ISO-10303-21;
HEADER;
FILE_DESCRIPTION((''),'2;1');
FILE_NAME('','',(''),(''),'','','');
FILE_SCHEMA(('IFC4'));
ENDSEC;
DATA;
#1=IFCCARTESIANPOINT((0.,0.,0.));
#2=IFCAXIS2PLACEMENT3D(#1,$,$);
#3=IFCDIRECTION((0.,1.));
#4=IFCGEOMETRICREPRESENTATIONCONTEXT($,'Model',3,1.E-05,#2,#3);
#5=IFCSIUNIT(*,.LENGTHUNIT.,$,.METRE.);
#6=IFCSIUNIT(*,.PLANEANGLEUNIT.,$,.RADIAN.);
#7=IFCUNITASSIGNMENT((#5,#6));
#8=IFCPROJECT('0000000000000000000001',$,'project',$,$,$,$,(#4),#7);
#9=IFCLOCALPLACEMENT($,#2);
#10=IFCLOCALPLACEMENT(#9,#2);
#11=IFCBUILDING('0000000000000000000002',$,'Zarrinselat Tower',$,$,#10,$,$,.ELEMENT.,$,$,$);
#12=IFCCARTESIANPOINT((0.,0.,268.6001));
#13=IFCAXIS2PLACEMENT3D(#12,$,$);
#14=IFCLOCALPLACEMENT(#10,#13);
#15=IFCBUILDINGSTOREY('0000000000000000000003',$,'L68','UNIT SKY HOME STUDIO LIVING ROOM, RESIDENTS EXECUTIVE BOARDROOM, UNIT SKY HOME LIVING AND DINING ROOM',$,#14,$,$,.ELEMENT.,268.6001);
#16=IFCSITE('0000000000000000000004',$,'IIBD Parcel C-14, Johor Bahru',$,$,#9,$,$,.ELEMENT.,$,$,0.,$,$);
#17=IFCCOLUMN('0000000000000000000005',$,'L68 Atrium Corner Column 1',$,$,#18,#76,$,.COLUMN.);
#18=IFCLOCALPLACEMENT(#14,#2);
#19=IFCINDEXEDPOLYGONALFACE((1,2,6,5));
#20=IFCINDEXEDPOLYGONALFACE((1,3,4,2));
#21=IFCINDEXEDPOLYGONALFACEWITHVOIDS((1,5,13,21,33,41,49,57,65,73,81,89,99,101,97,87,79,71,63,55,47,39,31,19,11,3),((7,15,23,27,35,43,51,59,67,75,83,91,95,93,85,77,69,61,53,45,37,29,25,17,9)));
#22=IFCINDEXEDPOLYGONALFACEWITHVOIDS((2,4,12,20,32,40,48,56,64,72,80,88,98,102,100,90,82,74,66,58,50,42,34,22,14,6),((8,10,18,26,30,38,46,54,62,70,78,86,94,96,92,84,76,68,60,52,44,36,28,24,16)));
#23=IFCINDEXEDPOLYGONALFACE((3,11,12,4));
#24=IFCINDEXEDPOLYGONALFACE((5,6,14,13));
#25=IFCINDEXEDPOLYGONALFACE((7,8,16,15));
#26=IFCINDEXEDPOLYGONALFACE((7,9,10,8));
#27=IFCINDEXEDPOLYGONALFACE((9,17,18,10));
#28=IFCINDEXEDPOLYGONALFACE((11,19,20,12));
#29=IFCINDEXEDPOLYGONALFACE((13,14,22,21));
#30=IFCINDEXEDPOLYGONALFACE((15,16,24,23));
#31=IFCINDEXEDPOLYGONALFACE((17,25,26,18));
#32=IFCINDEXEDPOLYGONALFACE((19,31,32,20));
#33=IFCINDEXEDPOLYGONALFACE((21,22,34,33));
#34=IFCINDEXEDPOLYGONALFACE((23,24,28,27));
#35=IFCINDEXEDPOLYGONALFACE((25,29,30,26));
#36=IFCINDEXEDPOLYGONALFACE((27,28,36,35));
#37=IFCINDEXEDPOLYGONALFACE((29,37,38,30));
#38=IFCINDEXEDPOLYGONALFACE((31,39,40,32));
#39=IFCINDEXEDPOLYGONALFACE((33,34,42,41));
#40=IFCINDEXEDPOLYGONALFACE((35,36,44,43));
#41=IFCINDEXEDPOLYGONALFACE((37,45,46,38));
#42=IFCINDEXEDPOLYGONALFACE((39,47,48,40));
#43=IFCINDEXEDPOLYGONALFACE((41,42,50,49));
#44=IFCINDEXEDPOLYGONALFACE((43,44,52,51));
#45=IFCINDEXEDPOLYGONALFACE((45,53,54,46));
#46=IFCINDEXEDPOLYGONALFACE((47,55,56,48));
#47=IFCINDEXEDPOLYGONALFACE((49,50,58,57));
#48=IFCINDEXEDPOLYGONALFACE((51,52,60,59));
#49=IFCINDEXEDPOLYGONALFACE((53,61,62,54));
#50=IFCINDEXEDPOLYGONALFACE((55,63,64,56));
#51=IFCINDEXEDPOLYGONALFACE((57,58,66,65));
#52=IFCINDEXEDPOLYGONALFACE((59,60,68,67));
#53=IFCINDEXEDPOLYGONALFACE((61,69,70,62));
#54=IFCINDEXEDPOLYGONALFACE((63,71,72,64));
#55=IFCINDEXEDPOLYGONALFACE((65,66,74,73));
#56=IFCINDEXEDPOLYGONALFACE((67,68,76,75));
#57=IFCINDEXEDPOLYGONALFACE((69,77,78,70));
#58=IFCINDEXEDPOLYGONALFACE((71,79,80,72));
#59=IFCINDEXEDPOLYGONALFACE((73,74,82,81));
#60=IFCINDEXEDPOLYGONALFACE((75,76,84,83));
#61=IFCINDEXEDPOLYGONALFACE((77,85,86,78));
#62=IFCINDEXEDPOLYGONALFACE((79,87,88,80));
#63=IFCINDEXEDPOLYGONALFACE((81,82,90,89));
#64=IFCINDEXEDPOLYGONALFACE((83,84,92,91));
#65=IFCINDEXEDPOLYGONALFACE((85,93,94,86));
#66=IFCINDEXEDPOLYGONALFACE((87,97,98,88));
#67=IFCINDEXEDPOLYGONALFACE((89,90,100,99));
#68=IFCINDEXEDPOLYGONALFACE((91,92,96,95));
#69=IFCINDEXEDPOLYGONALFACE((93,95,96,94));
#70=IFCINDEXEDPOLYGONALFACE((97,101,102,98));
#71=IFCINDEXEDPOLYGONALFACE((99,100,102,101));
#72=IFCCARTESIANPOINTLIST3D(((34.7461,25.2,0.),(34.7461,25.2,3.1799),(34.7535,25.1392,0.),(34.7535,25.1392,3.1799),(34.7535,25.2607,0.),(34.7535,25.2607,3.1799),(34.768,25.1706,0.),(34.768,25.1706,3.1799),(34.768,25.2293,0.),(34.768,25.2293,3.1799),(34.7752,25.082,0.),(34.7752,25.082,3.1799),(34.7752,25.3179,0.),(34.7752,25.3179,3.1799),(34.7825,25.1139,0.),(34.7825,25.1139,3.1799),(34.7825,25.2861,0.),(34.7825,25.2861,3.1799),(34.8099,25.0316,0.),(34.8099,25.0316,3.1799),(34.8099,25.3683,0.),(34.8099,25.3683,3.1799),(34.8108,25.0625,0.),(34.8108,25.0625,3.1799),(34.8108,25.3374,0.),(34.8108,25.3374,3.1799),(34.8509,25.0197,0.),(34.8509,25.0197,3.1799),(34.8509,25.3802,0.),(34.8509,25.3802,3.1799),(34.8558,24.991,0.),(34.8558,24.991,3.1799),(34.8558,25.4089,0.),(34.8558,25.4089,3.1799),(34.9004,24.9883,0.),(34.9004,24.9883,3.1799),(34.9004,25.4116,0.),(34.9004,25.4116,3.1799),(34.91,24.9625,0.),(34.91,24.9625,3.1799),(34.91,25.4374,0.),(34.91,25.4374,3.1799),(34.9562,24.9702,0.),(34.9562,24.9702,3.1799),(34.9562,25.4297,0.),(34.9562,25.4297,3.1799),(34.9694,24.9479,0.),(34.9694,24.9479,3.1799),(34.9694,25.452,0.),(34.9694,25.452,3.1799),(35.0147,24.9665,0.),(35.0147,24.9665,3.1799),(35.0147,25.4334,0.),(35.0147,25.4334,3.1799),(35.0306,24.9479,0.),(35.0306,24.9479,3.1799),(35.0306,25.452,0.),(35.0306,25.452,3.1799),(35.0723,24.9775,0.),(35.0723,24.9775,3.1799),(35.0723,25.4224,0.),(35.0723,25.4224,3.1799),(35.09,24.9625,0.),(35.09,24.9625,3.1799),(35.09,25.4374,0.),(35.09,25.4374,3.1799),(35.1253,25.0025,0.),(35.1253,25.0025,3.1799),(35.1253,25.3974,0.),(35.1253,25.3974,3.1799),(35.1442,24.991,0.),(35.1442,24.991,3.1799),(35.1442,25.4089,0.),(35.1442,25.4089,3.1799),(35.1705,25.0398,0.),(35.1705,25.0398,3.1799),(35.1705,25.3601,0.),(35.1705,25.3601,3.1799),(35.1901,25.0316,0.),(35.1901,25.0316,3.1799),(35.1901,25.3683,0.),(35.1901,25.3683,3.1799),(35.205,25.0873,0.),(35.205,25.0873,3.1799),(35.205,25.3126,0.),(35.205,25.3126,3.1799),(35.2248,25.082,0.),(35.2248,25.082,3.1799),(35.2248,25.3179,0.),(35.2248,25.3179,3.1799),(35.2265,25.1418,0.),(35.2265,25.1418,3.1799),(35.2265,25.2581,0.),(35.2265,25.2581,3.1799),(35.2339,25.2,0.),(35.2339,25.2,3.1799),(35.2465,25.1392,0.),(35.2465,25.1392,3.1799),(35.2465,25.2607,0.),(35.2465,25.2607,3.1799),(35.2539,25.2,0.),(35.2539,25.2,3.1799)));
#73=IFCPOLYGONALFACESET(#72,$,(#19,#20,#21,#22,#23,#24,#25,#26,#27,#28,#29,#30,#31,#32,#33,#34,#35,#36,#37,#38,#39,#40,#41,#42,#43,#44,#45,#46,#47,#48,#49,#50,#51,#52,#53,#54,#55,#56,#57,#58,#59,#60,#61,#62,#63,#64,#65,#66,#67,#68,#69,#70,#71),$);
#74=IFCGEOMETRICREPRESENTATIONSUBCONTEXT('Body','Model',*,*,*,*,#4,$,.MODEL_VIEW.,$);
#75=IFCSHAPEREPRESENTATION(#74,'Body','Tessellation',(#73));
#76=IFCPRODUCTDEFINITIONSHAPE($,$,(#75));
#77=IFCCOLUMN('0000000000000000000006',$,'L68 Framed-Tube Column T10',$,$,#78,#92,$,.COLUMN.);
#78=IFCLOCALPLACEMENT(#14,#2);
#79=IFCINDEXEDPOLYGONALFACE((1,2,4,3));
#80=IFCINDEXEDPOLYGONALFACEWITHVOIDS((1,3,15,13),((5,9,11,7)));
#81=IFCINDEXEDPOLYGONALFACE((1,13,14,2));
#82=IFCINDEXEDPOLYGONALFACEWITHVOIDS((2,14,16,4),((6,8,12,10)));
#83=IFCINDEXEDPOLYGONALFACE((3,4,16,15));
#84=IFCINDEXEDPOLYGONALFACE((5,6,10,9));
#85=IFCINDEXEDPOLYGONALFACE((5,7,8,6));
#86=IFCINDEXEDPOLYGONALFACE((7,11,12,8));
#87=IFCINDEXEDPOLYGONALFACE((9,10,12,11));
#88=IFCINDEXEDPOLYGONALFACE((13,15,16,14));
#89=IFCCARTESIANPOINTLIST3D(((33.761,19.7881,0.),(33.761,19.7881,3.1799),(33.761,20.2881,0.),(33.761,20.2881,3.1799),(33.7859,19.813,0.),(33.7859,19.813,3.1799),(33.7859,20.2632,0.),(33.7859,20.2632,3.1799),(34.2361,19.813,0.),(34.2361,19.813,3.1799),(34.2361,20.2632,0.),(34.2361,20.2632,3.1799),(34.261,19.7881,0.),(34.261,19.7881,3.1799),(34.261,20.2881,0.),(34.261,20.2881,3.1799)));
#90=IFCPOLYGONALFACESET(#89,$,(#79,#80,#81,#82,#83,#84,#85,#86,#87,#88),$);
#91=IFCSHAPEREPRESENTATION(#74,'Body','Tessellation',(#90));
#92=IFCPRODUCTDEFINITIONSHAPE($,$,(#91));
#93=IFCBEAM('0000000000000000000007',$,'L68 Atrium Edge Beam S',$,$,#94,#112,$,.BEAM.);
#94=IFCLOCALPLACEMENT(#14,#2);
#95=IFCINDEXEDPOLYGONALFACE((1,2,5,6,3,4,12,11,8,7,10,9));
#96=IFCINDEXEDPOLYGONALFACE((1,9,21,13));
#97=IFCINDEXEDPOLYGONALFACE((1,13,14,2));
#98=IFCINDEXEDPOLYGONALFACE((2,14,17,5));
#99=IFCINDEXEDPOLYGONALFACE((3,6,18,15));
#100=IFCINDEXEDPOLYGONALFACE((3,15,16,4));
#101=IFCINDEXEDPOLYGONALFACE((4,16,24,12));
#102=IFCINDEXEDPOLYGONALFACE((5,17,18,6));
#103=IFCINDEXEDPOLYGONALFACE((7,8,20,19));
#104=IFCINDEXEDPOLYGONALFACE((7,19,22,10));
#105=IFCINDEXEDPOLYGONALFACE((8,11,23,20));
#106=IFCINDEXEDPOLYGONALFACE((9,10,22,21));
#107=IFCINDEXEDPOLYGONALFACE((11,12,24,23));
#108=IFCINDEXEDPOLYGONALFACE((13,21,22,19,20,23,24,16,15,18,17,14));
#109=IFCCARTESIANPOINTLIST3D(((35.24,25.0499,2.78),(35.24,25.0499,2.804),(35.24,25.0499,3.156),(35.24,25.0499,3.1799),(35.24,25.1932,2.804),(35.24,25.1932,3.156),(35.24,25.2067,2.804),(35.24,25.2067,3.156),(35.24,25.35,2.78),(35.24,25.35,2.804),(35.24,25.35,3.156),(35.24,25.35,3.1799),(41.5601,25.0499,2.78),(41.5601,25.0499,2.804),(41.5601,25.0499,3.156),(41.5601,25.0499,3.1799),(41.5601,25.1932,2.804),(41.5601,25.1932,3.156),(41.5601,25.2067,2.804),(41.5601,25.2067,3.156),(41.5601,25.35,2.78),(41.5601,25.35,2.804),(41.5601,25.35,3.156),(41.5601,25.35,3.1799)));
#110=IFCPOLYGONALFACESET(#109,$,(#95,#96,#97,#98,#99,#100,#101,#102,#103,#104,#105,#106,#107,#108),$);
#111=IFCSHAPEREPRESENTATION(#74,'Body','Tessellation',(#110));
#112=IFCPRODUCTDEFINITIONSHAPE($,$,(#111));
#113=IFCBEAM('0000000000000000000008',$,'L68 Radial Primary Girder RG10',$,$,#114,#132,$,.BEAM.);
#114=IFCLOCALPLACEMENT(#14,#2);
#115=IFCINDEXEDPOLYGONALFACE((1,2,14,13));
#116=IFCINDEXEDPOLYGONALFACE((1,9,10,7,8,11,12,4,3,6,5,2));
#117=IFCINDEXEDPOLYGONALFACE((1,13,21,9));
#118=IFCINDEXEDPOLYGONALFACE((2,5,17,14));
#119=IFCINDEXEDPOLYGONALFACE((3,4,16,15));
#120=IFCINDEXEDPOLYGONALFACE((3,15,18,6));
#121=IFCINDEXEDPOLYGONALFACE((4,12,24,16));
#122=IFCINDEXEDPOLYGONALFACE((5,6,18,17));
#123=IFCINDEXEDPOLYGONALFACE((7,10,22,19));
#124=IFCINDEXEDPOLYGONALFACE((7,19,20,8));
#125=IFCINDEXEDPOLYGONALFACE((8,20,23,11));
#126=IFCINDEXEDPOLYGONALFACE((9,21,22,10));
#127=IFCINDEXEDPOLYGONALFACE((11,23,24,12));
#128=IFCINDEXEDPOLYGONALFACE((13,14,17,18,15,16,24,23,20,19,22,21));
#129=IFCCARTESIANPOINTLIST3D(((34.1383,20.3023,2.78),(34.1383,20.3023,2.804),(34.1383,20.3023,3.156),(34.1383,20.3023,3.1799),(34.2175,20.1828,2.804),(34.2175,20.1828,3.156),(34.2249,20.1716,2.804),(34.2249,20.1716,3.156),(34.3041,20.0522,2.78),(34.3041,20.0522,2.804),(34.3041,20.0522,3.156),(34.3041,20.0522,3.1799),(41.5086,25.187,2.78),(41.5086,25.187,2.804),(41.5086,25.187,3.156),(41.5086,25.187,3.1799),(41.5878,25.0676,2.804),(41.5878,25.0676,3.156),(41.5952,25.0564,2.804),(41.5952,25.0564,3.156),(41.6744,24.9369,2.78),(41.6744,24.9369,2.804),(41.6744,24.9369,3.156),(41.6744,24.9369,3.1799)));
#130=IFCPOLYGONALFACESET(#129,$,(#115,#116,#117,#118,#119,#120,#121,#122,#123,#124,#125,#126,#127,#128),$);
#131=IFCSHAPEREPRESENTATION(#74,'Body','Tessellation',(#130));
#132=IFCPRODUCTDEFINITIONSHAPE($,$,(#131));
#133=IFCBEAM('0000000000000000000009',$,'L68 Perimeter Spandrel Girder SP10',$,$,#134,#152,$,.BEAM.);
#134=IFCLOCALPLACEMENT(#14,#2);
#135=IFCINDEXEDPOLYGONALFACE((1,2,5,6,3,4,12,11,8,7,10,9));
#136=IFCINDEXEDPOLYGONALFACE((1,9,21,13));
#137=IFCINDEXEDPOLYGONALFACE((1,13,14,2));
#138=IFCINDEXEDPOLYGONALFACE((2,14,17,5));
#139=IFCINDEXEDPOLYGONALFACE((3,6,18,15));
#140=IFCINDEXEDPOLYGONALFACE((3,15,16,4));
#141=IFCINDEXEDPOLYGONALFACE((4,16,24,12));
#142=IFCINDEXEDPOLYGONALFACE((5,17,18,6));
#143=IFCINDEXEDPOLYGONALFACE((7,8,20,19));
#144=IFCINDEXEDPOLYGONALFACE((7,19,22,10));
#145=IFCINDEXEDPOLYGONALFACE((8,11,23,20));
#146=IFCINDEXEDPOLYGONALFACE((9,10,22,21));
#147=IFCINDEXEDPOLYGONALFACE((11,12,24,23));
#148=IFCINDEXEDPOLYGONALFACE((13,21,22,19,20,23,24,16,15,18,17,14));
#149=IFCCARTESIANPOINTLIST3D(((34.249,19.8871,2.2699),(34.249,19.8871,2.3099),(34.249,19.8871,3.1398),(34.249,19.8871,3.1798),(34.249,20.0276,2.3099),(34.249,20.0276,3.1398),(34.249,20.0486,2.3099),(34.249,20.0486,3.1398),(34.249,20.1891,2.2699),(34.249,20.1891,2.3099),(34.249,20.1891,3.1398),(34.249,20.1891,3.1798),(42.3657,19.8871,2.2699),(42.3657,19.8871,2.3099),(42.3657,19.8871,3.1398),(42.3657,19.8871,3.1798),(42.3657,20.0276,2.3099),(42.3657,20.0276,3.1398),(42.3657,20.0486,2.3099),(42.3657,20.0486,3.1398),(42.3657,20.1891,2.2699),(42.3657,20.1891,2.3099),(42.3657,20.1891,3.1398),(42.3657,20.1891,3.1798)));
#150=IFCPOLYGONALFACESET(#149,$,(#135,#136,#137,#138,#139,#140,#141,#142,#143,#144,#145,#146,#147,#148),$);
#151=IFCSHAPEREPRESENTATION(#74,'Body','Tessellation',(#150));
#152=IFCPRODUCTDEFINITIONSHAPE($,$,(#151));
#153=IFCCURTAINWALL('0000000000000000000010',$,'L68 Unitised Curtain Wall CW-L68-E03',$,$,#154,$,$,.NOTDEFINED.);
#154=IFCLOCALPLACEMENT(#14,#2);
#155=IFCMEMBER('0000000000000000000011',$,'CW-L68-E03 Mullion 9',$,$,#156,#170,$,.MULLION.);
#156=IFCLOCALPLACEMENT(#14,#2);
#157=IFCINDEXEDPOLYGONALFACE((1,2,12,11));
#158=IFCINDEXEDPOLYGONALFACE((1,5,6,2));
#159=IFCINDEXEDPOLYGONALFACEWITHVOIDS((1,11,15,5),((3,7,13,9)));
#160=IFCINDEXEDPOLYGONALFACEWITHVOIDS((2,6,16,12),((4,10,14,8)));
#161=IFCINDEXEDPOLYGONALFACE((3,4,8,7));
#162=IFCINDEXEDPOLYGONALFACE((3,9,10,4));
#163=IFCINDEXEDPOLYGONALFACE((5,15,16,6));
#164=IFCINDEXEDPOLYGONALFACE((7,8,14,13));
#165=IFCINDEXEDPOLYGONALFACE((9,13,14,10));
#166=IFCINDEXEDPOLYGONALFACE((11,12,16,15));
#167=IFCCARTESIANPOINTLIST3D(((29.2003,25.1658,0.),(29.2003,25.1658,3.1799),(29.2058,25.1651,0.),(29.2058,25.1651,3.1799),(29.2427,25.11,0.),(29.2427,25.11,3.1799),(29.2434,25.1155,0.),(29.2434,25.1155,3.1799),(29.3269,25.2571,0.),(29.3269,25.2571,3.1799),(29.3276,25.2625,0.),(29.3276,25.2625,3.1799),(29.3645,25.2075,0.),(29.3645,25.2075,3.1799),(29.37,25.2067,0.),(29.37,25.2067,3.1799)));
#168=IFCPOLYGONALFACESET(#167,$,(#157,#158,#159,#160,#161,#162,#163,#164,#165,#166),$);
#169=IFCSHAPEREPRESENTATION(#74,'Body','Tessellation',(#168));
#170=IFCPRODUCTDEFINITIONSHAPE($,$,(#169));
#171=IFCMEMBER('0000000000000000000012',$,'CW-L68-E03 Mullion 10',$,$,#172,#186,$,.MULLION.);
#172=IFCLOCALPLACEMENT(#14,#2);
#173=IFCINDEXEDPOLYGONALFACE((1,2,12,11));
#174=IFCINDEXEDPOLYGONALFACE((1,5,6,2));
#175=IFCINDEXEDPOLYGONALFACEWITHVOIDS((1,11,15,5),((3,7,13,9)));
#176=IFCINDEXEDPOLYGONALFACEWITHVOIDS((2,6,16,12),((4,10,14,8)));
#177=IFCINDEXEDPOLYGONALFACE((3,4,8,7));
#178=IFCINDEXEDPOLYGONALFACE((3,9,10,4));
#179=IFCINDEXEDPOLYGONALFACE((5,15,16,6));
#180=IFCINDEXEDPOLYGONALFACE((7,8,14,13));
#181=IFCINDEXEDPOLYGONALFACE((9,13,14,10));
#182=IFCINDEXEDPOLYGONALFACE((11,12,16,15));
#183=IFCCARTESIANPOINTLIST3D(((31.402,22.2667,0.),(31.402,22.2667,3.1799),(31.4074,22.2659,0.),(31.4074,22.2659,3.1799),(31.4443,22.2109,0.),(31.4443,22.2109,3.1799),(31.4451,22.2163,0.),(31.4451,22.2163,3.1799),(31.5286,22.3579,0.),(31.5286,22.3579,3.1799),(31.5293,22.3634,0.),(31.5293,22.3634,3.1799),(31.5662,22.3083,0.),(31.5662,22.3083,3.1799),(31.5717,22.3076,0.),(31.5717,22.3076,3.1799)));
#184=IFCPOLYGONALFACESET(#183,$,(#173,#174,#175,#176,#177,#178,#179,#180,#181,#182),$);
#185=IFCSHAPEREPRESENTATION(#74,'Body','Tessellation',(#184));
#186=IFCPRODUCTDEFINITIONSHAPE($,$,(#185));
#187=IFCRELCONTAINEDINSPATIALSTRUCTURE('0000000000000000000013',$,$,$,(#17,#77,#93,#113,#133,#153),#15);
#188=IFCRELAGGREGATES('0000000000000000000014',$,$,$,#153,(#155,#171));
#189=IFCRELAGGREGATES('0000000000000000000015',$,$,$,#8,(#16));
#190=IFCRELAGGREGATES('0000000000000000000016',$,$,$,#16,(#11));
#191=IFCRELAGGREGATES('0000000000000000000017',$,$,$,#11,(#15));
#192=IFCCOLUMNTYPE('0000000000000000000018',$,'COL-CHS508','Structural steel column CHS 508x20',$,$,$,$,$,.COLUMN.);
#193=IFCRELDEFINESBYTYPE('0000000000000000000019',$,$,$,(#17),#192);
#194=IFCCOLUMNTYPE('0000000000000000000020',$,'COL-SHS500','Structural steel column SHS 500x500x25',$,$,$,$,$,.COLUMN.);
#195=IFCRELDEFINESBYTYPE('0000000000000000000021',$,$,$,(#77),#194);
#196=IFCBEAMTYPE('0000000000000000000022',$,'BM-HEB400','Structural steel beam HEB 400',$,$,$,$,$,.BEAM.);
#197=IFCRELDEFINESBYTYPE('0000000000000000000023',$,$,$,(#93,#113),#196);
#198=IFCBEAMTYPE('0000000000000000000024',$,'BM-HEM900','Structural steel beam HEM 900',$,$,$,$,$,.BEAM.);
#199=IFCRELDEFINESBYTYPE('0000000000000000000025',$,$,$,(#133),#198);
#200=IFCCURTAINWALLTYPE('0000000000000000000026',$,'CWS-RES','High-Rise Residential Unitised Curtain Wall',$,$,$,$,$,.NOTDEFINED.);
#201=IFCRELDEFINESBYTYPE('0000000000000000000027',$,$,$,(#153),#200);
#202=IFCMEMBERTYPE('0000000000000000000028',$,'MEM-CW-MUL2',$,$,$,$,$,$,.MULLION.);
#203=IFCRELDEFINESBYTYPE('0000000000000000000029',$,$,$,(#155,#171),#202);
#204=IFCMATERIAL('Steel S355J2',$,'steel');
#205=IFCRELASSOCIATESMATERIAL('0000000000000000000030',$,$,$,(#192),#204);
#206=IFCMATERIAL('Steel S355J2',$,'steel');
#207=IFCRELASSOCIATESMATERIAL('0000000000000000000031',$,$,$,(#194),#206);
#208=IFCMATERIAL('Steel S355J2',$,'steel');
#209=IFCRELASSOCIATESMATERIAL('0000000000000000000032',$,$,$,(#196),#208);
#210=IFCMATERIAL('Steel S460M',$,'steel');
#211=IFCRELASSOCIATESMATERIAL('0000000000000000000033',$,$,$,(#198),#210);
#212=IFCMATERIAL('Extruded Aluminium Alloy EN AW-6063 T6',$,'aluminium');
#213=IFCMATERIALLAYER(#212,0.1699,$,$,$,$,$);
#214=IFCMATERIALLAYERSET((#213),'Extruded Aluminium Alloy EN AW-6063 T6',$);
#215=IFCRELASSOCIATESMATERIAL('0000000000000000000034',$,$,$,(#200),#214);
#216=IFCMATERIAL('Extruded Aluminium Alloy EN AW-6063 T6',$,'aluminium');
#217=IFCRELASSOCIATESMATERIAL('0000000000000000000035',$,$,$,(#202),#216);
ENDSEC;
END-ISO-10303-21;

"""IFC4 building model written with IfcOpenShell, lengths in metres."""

from ifc_helpers import new_model, si_unit, direction, frame, origin, origin_2d, place, context, subcontext, project, spatial, hollow_rectangle, hollow_circle, i_section, extrude, material, layer, layer_set, material_profile, profile_set, type_object, element, aggregate, save


model = new_model("IFC4")

# Units and contexts
model_context = context("Model", 3, precision=1e-05, world=origin(), true_north=direction((0.0, 1.0)))
body_context = subcontext(model_context, "Body", "Model", "MODEL_VIEW")
ifc_project = project(units=[si_unit("LENGTHUNIT", "METRE"), si_unit("PLANEANGLEUNIT", "RADIAN")], contexts=[model_context])

# Site, building, storey
site_placement = place(None, origin())
site = spatial("IfcSite", under=ifc_project, at=site_placement, Name="IIBD Parcel C-14, Johor Bahru", CompositionType="ELEMENT", RefElevation=0.0)
building_placement = place(site_placement, origin())
building = spatial("IfcBuilding", under=site, at=building_placement, Name="Zarrinselat Tower", CompositionType="ELEMENT")
storey_placement = place(building_placement, frame((0.0, 0.0, 268.6001)))
storey = spatial("IfcBuildingStorey", under=building, at=storey_placement, Name="L68", Description="UNIT SKY HOME STUDIO LIVING ROOM, RESIDENTS EXECUTIVE BOARDROOM, UNIT SKY HOME LIVING AND DINING ROOM", CompositionType="ELEMENT", Elevation=268.6001)

# Columns
ifc_material_1 = material(Name="Steel S355J2", Category="steel")
ifc_material_profile_1 = material_profile(ifc_material_1, hollow_circle(Radius=0.2539, WallThickness=0.02, at=origin_2d()), Name="CHS 508x20")
ifc_profile_set_1 = profile_set([ifc_material_profile_1], Name="Steel S355J2")
column_type_1 = type_object("IfcColumnType", Name="COL-CHS508", Description="Structural steel column CHS 508x20", PredefinedType="COLUMN", material=ifc_profile_set_1)
column_1_placement = place(storey_placement, frame((35.0, 25.2, 0.0), z_axis=(0.0, 0.0, 1.0), x_axis=(1.0, 0.0, 0.0)))
element("IfcColumn", 1, at=column_1_placement, inside=storey, type_object=column_type_1, Name="L68 Atrium Corner Column 1", PredefinedType="COLUMN", context=body_context, shape_type="SweptSolid", body=[
    extrude(hollow_circle(Radius=0.2539, WallThickness=0.02, at=origin_2d()), origin(), (0.0, 0.0, 1.0), 3.1799),
])
ifc_material_2 = material(Name="Steel S355J2", Category="steel")
ifc_material_profile_2 = material_profile(ifc_material_2, hollow_rectangle(XDim=0.5, YDim=0.5, WallThickness=0.0249, at=origin_2d()), Name="SHS 500x500x25")
ifc_profile_set_2 = profile_set([ifc_material_profile_2], Name="Steel S355J2")
column_type_2 = type_object("IfcColumnType", Name="COL-SHS500", Description="Structural steel column SHS 500x500x25", PredefinedType="COLUMN", material=ifc_profile_set_2)
column_2_placement = place(storey_placement, frame((34.011, 20.0381, 0.0), z_axis=(0.0, 0.0, 1.0), x_axis=(1.0, 0.0, 0.0)))
element("IfcColumn", 2, at=column_2_placement, inside=storey, type_object=column_type_2, Name="L68 Framed-Tube Column T10", PredefinedType="COLUMN", context=body_context, shape_type="SweptSolid", body=[
    extrude(hollow_rectangle(XDim=0.5, YDim=0.5, WallThickness=0.0249, at=origin_2d()), origin(), (0.0, 0.0, 1.0), 3.1799),
])

# Beams
ifc_material_3 = material(Name="Steel S355J2", Category="steel")
ifc_material_profile_3 = material_profile(ifc_material_3, i_section(OverallWidth=0.3, OverallDepth=0.3999, WebThickness=0.0134, FlangeThickness=0.0239, at=origin_2d()), Name="HEB 400")
ifc_profile_set_3 = profile_set([ifc_material_profile_3], Name="Steel S355J2")
beam_type_1 = type_object("IfcBeamType", Name="BM-HEB400", Description="Structural steel beam HEB 400", PredefinedType="BEAM", material=ifc_profile_set_3)
beam_1_placement = place(storey_placement, frame((35.24, 25.2, 2.98), z_axis=(1.0, 0.0, 0.0), x_axis=(0.0, 1.0, 0.0)))
element("IfcBeam", 3, at=beam_1_placement, inside=storey, type_object=beam_type_1, Name="L68 Atrium Edge Beam S", PredefinedType="BEAM", context=body_context, shape_type="SweptSolid", body=[
    extrude(i_section(OverallWidth=0.3, OverallDepth=0.3999, WebThickness=0.0134, FlangeThickness=0.0239, at=origin_2d()), origin(), (0.0, 0.0, 1.0), 6.3201),
])
beam_2_placement = place(storey_placement, frame((34.2212, 20.1772, 2.98), z_axis=(0.833551, 0.552443, 0.0), x_axis=(-0.552443, 0.833551, 0.0)))
element("IfcBeam", 4, at=beam_2_placement, inside=storey, type_object=beam_type_1, Name="L68 Radial Primary Girder RG10", PredefinedType="BEAM", context=body_context, shape_type="SweptSolid", body=[
    extrude(i_section(OverallWidth=0.3, OverallDepth=0.3999, WebThickness=0.0134, FlangeThickness=0.0239, at=origin_2d()), origin(), (0.0, 0.0, 1.0), 8.842),
])
ifc_material_4 = material(Name="Steel S460M", Category="steel")
ifc_material_profile_4 = material_profile(ifc_material_4, i_section(OverallWidth=0.302, OverallDepth=0.9099, WebThickness=0.021, FlangeThickness=0.04, at=origin_2d()), Name="HEM 900")
ifc_profile_set_4 = profile_set([ifc_material_profile_4], Name="Steel S460M")
beam_type_2 = type_object("IfcBeamType", Name="BM-HEM900", Description="Structural steel beam HEM 900", PredefinedType="BEAM", material=ifc_profile_set_4)
beam_3_placement = place(storey_placement, frame((34.249, 20.0381, 2.7249), z_axis=(1.0, 0.0, 0.0), x_axis=(0.0, 1.0, 0.0)))
element("IfcBeam", 5, at=beam_3_placement, inside=storey, type_object=beam_type_2, Name="L68 Perimeter Spandrel Girder SP10", PredefinedType="BEAM", context=body_context, shape_type="SweptSolid", body=[
    extrude(i_section(OverallWidth=0.302, OverallDepth=0.9099, WebThickness=0.021, FlangeThickness=0.04, at=origin_2d()), origin(), (0.0, 0.0, 1.0), 8.1167),
])

# Curtain wall, members
ifc_material_5 = material(Name="Extruded Aluminium Alloy EN AW-6063 T6", Category="aluminium")
ifc_layer_1 = layer(ifc_material_5, 0.1699)
ifc_layer_set_1 = layer_set([ifc_layer_1], Name="Extruded Aluminium Alloy EN AW-6063 T6")
curtain_wall_type = type_object("IfcCurtainWallType", Name="CWS-RES", Description="High-Rise Residential Unitised Curtain Wall", PredefinedType="NOTDEFINED", material=ifc_layer_set_1)
curtain_wall_1_placement = place(storey_placement, origin())
curtain_wall_1 = element("IfcCurtainWall", 6, at=curtain_wall_1_placement, inside=storey, type_object=curtain_wall_type, Name="L68 Unitised Curtain Wall CW-L68-E03", PredefinedType="NOTDEFINED")
ifc_material_6 = material(Name="Extruded Aluminium Alloy EN AW-6063 T6", Category="aluminium")
ifc_material_profile_5 = material_profile(ifc_material_6, hollow_rectangle(XDim=0.0701, YDim=0.1599, WallThickness=0.0039, at=origin_2d()), Name="RHS 160x70x4")
ifc_profile_set_5 = profile_set([ifc_material_profile_5], Name="Extruded Aluminium Alloy EN AW-6063 T6")
member_type_1 = type_object("IfcMemberType", Name="MEM-CW-MUL2", PredefinedType="MULLION", material=ifc_profile_set_5)
member_1_placement = place(storey_placement, frame((29.2852, 25.1863, 0.0), z_axis=(0.0, 0.0, 1.0), x_axis=(0.604788, -0.796387, 0.0)))
member_1 = element("IfcMember", 7, at=member_1_placement, type_object=member_type_1, Name="CW-L68-E03 Mullion 9", PredefinedType="MULLION", context=body_context, shape_type="SweptSolid", body=[
    extrude(hollow_rectangle(XDim=0.0701, YDim=0.1599, WallThickness=0.0039, at=origin_2d()), origin(), (0.0, 0.0, 1.0), 3.1799),
])
member_2_placement = place(storey_placement, frame((31.4868, 22.2871, 0.0), z_axis=(0.0, 0.0, 1.0), x_axis=(0.604788, -0.796387, 0.0)))
member_2 = element("IfcMember", 8, at=member_2_placement, type_object=member_type_1, Name="CW-L68-E03 Mullion 10", PredefinedType="MULLION", context=body_context, shape_type="SweptSolid", body=[
    extrude(hollow_rectangle(XDim=0.0701, YDim=0.1599, WallThickness=0.0039, at=origin_2d()), origin(), (0.0, 0.0, 1.0), 3.1799),
])

aggregate(curtain_wall_1, [member_1, member_2])

save(model, "model.ifc")
